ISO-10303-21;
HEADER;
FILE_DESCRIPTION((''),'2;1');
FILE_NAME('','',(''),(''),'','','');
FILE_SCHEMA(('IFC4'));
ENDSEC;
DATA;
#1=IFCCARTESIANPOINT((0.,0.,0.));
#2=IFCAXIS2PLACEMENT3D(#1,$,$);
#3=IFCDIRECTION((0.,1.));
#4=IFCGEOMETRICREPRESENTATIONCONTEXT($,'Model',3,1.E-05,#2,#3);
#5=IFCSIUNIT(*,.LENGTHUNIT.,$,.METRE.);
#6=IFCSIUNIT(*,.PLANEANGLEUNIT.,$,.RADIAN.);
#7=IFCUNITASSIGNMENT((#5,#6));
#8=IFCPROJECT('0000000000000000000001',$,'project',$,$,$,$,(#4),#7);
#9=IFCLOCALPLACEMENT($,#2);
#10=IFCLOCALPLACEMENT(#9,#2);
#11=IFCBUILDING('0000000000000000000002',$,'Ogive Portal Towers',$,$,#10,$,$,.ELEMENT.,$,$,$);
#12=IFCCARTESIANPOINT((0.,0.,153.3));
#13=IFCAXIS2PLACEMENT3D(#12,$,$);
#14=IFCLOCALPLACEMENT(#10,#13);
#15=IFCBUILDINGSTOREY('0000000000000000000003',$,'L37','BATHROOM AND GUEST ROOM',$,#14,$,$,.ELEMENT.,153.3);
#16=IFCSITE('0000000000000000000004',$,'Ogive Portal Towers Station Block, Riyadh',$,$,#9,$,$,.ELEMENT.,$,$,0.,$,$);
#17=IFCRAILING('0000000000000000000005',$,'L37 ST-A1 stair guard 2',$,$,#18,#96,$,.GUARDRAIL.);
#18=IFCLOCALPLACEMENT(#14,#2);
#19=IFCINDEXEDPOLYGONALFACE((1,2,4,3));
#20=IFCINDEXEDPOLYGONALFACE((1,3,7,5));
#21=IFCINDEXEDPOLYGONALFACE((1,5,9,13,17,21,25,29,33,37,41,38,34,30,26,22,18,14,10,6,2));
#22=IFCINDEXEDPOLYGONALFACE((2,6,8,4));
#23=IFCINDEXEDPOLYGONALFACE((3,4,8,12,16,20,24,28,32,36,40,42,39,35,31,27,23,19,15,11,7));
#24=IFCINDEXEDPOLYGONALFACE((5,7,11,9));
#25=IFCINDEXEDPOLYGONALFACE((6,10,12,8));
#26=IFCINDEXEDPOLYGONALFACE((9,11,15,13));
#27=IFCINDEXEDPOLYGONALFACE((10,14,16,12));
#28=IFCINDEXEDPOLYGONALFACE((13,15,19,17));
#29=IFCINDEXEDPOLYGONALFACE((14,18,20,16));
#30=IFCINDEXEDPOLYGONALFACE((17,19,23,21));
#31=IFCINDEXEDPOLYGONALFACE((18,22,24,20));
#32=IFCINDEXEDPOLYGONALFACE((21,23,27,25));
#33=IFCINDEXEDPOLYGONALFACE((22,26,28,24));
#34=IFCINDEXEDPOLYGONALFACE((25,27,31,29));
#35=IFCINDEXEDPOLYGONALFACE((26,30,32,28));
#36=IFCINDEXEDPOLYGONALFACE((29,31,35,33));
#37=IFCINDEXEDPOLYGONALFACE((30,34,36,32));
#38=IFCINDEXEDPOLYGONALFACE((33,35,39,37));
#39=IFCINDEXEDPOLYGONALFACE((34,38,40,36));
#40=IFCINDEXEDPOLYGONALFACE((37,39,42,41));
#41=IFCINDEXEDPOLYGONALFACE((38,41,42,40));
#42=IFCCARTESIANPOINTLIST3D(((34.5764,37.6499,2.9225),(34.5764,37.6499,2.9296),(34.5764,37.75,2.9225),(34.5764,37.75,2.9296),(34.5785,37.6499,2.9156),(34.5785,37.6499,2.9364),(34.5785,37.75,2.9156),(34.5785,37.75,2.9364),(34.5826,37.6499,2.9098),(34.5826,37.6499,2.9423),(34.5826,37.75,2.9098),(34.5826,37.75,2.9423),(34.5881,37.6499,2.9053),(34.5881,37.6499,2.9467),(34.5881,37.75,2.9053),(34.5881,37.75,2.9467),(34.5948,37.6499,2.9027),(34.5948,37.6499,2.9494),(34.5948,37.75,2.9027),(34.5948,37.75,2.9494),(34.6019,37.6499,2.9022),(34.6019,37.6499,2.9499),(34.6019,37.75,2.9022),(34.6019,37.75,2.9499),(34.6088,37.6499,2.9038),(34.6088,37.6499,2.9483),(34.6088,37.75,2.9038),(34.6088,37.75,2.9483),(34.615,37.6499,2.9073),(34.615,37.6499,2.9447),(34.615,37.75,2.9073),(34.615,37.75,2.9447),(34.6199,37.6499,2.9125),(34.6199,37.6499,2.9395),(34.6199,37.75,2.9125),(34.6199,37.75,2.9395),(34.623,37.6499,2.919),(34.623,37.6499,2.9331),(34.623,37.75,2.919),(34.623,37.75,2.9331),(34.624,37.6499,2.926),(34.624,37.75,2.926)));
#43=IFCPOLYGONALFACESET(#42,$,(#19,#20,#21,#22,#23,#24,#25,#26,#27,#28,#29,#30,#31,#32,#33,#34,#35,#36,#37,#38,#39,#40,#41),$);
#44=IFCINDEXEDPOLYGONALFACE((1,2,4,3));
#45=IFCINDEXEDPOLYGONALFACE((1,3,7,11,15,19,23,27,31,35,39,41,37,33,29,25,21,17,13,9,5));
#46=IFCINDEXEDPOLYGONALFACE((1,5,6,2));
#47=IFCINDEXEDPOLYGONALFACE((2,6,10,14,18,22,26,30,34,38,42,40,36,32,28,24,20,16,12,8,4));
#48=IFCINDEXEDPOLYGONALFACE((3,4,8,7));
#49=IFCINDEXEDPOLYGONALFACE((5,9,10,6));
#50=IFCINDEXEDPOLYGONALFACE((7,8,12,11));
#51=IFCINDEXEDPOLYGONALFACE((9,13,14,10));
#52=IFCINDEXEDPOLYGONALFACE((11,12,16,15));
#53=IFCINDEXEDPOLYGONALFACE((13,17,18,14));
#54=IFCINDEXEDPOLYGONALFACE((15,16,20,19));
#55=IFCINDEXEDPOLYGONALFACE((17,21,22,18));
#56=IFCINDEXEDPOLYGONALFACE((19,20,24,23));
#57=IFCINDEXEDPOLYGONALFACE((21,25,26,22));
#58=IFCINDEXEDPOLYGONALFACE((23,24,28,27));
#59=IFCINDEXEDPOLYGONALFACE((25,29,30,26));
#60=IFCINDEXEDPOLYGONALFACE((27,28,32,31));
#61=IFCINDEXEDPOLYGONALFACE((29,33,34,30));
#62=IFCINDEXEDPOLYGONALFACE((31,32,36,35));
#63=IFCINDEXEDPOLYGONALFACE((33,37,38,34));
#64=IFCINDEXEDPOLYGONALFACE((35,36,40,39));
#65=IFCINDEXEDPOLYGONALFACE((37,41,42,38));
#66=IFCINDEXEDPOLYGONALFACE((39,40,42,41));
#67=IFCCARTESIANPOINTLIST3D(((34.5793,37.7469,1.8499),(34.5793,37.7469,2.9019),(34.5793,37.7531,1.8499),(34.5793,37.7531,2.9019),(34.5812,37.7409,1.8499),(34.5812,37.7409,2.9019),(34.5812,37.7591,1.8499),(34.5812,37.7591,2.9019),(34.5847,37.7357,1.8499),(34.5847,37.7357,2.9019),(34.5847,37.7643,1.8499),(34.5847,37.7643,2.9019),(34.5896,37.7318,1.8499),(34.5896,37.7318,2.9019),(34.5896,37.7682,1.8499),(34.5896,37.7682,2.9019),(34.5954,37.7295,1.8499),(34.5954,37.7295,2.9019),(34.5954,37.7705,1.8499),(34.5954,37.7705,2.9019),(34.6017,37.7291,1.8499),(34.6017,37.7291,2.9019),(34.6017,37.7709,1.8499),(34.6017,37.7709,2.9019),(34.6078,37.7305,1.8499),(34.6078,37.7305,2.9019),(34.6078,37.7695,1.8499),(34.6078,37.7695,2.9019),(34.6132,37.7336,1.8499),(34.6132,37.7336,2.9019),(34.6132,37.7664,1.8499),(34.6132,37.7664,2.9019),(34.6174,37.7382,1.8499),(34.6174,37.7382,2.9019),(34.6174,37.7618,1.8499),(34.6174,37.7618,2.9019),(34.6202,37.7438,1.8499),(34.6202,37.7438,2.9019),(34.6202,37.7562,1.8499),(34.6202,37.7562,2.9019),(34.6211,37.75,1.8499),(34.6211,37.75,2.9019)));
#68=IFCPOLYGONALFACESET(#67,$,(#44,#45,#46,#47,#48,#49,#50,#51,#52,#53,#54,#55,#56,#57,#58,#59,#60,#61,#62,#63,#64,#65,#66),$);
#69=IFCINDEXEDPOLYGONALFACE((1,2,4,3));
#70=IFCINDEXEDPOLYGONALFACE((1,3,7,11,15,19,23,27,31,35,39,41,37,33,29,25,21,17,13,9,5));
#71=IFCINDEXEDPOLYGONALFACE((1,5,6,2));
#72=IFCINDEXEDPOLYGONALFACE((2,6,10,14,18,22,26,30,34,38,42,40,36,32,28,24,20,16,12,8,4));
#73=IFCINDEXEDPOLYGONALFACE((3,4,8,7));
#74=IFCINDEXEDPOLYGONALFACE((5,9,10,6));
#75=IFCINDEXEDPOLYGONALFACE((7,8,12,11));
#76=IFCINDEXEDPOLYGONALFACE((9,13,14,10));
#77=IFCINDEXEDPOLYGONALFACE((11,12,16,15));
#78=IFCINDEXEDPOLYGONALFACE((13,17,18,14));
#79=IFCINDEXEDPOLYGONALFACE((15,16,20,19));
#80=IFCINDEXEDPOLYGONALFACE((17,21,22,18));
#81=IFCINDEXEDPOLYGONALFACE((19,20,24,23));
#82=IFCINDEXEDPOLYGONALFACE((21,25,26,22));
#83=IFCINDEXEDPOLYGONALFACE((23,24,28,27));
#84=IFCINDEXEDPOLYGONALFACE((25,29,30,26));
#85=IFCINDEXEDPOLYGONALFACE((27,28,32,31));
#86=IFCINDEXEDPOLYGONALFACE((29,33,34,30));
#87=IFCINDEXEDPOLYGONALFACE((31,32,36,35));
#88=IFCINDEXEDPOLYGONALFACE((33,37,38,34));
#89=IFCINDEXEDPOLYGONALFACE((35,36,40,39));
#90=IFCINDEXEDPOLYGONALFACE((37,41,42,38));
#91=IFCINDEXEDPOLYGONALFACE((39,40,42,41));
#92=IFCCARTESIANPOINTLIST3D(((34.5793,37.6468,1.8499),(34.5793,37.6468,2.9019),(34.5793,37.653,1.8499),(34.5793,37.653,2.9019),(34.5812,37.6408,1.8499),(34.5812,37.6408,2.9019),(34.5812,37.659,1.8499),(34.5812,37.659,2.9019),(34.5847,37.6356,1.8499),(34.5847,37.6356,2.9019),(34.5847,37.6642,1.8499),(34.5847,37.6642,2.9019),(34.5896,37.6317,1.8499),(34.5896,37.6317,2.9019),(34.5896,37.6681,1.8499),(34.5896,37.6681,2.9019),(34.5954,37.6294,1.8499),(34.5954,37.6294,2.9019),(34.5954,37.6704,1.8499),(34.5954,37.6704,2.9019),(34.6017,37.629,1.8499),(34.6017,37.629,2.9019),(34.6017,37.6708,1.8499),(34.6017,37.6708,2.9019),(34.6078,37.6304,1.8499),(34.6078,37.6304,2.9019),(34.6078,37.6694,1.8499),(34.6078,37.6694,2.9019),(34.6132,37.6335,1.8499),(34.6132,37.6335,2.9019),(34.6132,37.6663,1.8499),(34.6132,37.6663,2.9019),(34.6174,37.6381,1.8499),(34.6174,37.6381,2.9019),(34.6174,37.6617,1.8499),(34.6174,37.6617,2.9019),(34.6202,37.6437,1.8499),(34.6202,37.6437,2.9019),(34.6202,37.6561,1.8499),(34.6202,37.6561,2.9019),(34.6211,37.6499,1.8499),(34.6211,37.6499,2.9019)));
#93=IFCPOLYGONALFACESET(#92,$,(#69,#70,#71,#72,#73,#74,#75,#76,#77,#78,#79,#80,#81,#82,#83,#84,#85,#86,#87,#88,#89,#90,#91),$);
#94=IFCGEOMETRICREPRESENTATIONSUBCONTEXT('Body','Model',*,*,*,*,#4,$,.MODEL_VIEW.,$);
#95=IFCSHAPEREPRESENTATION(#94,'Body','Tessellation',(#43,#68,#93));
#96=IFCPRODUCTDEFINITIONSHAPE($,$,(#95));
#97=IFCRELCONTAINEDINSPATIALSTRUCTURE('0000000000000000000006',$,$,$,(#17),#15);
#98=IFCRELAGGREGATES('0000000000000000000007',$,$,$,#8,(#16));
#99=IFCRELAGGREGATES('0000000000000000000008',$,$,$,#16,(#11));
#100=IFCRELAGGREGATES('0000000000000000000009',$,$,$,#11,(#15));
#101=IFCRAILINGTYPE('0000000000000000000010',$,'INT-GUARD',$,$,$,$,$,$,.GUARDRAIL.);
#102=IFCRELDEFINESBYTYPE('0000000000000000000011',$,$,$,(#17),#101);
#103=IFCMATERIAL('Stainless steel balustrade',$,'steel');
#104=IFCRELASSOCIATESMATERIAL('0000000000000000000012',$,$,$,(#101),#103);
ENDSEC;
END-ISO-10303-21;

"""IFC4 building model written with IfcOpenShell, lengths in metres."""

from ifc_helpers import new_model, si_unit, direction, frame, origin, origin_2d, place, context, subcontext, project, spatial, circle, extrude, material, type_object, element, save


model = new_model("IFC4")

# Units and contexts
model_context = context("Model", 3, precision=1e-05, world=origin(), true_north=direction((0.0, 1.0)))
body_context = subcontext(model_context, "Body", "Model", "MODEL_VIEW")
ifc_project = project(units=[si_unit("LENGTHUNIT", "METRE"), si_unit("PLANEANGLEUNIT", "RADIAN")], contexts=[model_context])

# Site, building, storey
site_placement = place(None, origin())
site = spatial("IfcSite", under=ifc_project, at=site_placement, Name="Ogive Portal Towers Station Block, Riyadh", CompositionType="ELEMENT", RefElevation=0.0)
building_placement = place(site_placement, origin())
building = spatial("IfcBuilding", under=site, at=building_placement, Name="Ogive Portal Towers", CompositionType="ELEMENT")
storey_placement = place(building_placement, frame((0.0, 0.0, 153.3)))
storey = spatial("IfcBuildingStorey", under=building, at=storey_placement, Name="L37", Description="BATHROOM AND GUEST ROOM", CompositionType="ELEMENT", Elevation=153.3)

# Railing
ifc_material_1 = material(Name="Stainless steel balustrade", Category="steel")
railing_type_1 = type_object("IfcRailingType", Name="INT-GUARD", PredefinedType="GUARDRAIL", material=ifc_material_1)
railing_1_placement = place(storey_placement, frame((34.6001, 37.75, 1.8499)))
element("IfcRailing", 1, at=railing_1_placement, inside=storey, type_object=railing_type_1, Name="L37 ST-A1 stair guard 2", PredefinedType="GUARDRAIL", context=body_context, shape_type="SweptSolid", body=[
    extrude(circle(Radius=0.0239, at=origin_2d()), frame((0.0, 0.0, 1.0762), z_axis=(0.0, -1.0, 0.0), x_axis=(1.0, 0.0, 0.0)), (0.0, 0.0, 1.0), 0.1001),
    extrude(circle(Radius=0.021, at=origin_2d()), origin(), (0.0, 0.0, 1.0), 1.052),
    extrude(circle(Radius=0.021, at=origin_2d()), frame((0.0, -0.1001, 0.0)), (0.0, 0.0, 1.0), 1.052),
])

save(model, "model.ifc")
